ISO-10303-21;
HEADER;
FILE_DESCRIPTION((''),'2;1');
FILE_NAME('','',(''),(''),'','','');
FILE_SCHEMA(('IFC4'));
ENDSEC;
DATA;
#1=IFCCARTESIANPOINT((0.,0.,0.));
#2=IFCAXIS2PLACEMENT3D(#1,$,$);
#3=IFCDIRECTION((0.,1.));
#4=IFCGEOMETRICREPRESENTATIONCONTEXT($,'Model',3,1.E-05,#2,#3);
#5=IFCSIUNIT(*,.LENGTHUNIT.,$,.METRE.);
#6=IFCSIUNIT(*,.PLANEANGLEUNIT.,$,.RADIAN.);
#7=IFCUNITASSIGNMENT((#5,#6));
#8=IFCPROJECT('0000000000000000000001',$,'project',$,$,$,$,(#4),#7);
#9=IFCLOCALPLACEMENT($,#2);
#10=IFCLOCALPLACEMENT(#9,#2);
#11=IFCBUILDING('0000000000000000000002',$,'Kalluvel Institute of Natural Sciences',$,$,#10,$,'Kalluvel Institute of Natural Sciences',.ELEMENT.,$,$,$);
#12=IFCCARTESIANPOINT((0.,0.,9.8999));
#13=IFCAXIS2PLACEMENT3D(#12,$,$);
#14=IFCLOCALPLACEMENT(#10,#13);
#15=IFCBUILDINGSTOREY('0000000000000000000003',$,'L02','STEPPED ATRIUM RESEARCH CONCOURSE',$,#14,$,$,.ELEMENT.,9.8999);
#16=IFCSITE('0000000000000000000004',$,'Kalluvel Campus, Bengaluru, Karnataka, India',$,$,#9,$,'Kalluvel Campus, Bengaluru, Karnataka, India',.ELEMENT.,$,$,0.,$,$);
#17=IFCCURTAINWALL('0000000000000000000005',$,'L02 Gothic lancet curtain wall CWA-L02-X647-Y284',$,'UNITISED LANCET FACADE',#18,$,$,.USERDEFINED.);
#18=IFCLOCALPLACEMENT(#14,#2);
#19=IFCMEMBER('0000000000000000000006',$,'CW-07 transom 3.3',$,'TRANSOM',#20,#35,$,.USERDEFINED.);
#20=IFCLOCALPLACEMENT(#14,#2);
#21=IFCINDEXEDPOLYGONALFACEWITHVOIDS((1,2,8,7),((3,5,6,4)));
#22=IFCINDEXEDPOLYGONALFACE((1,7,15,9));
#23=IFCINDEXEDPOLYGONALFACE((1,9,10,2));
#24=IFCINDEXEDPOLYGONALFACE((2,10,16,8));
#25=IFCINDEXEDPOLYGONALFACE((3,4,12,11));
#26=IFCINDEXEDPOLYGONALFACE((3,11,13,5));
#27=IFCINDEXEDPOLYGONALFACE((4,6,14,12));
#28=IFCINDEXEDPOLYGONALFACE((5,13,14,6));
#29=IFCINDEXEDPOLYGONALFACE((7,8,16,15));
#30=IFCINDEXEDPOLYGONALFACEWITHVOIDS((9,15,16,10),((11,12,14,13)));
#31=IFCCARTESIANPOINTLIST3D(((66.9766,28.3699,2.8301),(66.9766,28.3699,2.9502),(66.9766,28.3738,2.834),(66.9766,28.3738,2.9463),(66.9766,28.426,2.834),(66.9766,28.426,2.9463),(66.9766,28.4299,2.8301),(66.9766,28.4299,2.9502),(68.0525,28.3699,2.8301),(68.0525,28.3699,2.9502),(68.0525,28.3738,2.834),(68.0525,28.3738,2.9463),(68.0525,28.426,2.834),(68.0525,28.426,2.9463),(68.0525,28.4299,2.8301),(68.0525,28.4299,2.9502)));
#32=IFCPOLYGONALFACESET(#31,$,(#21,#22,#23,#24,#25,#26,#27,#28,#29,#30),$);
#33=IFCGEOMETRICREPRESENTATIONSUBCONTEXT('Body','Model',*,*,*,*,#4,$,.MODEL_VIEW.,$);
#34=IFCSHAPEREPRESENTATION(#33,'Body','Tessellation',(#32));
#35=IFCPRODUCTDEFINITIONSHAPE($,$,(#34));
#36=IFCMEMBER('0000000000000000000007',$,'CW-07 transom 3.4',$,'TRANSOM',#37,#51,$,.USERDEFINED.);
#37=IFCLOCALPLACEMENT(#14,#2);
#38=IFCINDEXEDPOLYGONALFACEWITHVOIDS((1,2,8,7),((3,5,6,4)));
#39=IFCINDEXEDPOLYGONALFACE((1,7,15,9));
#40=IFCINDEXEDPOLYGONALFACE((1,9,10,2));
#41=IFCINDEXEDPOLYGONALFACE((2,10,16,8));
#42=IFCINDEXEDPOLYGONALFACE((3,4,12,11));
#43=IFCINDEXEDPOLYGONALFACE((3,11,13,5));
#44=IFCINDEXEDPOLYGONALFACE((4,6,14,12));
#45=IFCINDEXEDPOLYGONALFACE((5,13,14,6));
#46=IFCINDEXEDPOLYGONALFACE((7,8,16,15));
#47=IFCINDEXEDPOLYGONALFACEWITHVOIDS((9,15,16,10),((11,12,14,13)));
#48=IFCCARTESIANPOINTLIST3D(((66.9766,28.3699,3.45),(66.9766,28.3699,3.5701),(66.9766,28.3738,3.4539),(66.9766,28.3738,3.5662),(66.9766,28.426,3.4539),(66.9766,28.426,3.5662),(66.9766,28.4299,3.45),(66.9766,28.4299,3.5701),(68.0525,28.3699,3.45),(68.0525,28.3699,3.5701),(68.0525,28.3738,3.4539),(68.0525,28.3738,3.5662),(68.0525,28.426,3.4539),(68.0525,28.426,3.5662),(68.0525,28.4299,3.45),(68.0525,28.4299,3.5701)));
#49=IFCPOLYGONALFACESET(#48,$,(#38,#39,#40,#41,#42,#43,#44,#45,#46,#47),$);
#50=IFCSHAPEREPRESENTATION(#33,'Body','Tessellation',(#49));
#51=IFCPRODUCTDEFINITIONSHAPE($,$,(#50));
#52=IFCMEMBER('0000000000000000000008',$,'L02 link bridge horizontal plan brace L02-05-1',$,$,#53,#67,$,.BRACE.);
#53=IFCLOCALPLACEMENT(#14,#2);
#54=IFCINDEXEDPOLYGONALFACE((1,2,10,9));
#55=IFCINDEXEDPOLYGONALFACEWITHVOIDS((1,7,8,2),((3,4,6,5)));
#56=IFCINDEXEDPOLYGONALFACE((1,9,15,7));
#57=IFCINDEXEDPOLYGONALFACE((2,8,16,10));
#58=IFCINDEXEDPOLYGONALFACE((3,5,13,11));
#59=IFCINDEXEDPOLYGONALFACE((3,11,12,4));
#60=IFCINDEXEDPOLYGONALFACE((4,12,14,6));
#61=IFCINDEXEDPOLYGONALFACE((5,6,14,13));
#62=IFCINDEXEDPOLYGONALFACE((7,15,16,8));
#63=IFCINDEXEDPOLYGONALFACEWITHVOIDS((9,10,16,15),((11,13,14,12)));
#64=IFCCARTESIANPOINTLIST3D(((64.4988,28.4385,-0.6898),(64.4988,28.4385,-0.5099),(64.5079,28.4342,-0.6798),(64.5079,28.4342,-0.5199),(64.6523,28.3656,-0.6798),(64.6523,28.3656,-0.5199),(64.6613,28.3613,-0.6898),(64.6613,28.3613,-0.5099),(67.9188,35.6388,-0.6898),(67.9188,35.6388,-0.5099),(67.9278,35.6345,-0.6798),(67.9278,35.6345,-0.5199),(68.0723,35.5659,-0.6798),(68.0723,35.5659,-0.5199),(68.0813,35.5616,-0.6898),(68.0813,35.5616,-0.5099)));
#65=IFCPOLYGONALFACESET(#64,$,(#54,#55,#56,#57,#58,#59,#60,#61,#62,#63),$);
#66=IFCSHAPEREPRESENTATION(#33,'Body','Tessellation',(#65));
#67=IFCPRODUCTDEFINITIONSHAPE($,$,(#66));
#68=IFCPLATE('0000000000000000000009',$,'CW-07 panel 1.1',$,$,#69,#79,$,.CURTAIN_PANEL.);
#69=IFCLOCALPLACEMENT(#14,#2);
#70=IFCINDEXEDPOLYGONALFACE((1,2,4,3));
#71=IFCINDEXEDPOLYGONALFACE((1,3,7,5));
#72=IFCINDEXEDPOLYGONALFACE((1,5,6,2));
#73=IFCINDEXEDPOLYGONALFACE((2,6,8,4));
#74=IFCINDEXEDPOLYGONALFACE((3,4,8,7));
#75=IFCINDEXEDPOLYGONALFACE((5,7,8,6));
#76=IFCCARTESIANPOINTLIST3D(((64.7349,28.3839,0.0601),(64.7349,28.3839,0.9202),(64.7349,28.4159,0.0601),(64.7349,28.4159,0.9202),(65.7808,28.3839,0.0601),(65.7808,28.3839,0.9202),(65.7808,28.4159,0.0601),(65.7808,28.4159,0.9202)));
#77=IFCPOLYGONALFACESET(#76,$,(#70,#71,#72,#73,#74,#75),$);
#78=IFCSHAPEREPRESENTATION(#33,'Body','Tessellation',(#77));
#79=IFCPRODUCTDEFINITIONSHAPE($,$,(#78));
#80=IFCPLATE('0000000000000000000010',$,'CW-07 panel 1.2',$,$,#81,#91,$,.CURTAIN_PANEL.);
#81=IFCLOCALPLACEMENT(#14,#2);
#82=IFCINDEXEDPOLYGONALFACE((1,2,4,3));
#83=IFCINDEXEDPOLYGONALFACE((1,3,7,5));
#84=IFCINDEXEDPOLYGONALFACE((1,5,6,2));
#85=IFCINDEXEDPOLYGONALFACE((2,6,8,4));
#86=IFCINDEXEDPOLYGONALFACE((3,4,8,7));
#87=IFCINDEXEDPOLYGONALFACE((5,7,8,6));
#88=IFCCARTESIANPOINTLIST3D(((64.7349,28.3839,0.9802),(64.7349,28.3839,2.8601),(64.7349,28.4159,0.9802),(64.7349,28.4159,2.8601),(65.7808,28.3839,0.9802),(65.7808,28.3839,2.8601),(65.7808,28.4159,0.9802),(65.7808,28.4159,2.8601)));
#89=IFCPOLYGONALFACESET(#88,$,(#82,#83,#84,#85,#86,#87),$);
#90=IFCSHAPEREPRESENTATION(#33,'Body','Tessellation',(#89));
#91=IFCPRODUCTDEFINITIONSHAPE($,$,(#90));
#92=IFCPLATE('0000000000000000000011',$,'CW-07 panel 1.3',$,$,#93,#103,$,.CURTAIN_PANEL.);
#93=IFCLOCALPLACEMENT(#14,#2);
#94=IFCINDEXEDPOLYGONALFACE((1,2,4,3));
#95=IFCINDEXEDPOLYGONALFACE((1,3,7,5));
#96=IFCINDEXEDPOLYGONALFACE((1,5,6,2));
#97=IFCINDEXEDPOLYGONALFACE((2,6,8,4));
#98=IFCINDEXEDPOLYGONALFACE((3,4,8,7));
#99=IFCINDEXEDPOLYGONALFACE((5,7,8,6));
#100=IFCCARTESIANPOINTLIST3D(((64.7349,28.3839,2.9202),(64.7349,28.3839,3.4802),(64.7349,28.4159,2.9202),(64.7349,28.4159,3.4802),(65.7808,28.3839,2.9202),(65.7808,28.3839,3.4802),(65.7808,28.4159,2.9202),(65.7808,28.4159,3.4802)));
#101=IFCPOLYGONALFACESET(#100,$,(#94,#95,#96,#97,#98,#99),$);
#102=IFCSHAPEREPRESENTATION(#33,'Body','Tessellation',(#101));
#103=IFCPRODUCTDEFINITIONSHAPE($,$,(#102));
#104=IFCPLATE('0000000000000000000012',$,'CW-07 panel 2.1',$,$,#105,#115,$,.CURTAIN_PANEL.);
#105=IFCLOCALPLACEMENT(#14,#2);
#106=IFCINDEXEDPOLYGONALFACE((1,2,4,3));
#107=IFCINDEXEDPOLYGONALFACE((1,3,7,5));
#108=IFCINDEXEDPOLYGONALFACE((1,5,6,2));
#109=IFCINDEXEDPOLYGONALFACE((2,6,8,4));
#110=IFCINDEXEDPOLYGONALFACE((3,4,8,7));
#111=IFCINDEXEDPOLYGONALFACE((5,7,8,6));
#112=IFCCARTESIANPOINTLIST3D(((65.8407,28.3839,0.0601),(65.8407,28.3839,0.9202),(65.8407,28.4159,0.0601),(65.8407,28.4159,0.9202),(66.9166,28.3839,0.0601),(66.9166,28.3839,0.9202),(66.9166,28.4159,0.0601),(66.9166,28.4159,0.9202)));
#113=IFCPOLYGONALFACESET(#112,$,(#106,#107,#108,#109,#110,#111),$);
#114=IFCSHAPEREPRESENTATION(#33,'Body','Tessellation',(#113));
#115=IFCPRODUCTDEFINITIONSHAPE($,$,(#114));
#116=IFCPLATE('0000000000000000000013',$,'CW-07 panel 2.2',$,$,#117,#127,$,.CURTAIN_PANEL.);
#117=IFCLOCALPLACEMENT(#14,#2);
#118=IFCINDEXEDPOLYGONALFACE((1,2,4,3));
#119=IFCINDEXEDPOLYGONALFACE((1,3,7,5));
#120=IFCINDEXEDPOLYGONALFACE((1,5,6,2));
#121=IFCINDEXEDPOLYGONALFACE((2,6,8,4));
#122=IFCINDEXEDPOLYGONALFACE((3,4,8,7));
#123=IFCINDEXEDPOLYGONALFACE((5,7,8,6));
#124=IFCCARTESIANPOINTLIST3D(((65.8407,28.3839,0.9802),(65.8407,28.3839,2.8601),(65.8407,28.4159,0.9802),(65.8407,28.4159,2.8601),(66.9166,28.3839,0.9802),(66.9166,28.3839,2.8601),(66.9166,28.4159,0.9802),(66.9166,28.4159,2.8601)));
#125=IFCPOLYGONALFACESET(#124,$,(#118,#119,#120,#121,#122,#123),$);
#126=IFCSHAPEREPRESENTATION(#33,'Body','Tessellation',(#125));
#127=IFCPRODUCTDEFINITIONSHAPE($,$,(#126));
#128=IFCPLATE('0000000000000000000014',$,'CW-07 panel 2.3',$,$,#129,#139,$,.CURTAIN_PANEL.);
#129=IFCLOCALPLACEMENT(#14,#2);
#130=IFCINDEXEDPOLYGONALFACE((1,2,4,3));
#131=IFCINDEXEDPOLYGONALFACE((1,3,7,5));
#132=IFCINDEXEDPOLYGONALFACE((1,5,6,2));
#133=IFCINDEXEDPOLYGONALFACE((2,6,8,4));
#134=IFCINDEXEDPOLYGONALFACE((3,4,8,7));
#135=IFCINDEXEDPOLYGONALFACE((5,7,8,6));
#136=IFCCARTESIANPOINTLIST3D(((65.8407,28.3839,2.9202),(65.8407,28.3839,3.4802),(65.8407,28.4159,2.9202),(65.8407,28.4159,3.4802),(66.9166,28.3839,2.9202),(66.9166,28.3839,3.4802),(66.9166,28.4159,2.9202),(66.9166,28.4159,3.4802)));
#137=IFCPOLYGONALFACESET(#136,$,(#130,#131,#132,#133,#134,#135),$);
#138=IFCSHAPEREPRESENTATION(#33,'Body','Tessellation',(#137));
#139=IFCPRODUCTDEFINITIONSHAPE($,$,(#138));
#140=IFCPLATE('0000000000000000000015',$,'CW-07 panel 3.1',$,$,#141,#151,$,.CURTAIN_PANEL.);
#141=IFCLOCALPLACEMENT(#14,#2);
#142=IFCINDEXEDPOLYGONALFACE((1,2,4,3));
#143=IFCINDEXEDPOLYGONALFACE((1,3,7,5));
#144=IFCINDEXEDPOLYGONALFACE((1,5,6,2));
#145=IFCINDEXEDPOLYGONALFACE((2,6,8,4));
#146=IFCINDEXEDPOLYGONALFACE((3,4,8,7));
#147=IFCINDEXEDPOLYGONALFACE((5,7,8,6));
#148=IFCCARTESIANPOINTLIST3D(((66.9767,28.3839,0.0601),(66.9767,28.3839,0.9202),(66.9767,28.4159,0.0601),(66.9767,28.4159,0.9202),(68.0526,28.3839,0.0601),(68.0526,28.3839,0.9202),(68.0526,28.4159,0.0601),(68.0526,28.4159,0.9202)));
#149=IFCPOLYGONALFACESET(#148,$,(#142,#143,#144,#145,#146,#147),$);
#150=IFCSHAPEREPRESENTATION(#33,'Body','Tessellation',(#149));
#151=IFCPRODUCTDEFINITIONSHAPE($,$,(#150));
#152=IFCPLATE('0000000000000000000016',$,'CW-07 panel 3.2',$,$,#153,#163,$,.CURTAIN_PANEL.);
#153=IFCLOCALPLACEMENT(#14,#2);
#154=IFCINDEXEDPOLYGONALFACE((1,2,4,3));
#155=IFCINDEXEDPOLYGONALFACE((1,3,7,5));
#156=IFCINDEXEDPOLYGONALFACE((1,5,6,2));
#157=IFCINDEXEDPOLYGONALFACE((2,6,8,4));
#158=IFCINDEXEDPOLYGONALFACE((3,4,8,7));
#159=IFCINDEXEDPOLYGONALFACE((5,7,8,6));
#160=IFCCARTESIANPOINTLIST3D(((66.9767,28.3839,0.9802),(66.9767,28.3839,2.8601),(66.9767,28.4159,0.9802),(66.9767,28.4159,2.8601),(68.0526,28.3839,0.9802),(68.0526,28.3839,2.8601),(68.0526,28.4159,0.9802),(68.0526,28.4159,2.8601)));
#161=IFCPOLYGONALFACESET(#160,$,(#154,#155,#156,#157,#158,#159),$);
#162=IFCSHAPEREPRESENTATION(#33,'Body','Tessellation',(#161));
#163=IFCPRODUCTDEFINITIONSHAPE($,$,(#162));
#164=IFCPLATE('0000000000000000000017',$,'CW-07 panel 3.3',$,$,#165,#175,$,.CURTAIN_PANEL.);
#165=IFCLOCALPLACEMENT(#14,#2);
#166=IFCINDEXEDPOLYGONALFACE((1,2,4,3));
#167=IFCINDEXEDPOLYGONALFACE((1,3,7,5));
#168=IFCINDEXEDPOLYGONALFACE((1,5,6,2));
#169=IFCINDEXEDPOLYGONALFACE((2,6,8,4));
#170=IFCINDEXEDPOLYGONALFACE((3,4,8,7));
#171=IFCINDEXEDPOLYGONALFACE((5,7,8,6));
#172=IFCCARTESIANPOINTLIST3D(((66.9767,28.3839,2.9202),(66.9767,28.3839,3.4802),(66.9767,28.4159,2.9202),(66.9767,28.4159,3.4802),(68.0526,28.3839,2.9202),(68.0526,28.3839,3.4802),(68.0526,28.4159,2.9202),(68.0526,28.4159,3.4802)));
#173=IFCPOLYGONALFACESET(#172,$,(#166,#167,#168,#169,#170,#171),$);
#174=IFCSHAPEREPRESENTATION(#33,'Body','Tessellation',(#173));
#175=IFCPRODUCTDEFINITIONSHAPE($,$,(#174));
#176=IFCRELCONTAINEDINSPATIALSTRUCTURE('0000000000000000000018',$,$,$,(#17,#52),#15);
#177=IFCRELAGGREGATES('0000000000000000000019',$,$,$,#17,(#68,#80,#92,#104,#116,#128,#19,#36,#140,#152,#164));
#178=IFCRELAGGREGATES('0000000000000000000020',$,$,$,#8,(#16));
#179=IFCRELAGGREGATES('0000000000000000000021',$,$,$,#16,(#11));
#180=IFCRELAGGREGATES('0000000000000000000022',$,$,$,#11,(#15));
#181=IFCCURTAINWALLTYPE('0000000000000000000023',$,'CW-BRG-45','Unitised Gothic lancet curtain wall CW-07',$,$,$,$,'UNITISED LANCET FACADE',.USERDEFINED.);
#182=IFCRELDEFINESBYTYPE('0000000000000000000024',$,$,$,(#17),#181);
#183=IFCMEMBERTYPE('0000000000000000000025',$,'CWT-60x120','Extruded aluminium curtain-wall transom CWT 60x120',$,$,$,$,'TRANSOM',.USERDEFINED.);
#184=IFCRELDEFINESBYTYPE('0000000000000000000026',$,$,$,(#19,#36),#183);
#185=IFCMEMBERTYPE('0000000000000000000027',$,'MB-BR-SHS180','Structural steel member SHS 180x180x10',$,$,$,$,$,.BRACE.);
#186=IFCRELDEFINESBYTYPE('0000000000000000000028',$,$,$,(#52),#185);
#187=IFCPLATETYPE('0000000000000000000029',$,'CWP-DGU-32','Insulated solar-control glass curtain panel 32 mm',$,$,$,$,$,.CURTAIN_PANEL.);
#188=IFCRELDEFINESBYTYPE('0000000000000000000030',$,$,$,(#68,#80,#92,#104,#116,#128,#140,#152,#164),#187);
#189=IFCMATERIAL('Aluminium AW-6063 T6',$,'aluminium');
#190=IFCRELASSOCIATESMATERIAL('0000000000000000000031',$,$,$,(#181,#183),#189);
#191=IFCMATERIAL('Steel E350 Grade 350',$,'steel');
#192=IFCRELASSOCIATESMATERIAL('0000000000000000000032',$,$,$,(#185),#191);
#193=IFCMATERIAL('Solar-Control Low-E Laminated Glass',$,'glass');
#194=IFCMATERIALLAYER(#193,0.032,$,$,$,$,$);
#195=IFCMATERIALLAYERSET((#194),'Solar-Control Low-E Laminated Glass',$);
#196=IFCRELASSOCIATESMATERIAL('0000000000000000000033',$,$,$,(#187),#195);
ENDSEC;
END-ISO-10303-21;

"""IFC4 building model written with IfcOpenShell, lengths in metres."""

from ifc_helpers import new_model, si_unit, direction, frame, origin, origin_2d, place, context, subcontext, project, spatial, rectangle, hollow_rectangle, extrude, material, layer, layer_set, material_profile, profile_set, type_object, element, aggregate, save


model = new_model("IFC4")

# Units and contexts
model_context = context("Model", 3, precision=1e-05, world=origin(), true_north=direction((0.0, 1.0)))
body_context = subcontext(model_context, "Body", "Model", "MODEL_VIEW")
ifc_project = project(units=[si_unit("LENGTHUNIT", "METRE"), si_unit("PLANEANGLEUNIT", "RADIAN")], contexts=[model_context])

# Site, building, storey
site_placement = place(None, origin())
site = spatial("IfcSite", under=ifc_project, at=site_placement, Name="Kalluvel Campus, Bengaluru, Karnataka, India", LongName="Kalluvel Campus, Bengaluru, Karnataka, India", CompositionType="ELEMENT", RefElevation=0.0)
building_placement = place(site_placement, origin())
building = spatial("IfcBuilding", under=site, at=building_placement, Name="Kalluvel Institute of Natural Sciences", LongName="Kalluvel Institute of Natural Sciences", CompositionType="ELEMENT")
storey_placement = place(building_placement, frame((0.0, 0.0, 9.8999)))
storey = spatial("IfcBuildingStorey", under=building, at=storey_placement, Name="L02", Description="STEPPED ATRIUM RESEARCH CONCOURSE", CompositionType="ELEMENT", Elevation=9.8999)

# Shared definitions
ifc_material_1 = material(Name="Steel E350 Grade 350", Category="steel")

# Curtain wall, members
ifc_material_2 = material(Name="Aluminium AW-6063 T6", Category="aluminium")
curtain_wall_type = type_object("IfcCurtainWallType", Name="CW-BRG-45", Description="Unitised Gothic lancet curtain wall CW-07", ElementType="UNITISED LANCET FACADE", PredefinedType="USERDEFINED", material=ifc_material_2)
curtain_wall_placement = place(storey_placement, origin())
curtain_wall = element("IfcCurtainWall", 1, at=curtain_wall_placement, inside=storey, type_object=curtain_wall_type, Name="L02 Gothic lancet curtain wall CWA-L02-X647-Y284", ObjectType="UNITISED LANCET FACADE", PredefinedType="USERDEFINED")
ifc_material_profile_1 = material_profile(ifc_material_2, hollow_rectangle(XDim=0.0601, YDim=0.1201, WallThickness=0.0039, at=origin_2d()), Name="CWT 60x120")
ifc_profile_set_1 = profile_set([ifc_material_profile_1], Name="Aluminium AW-6063 T6")
member_type_1 = type_object("IfcMemberType", Name="CWT-60x120", Description="Extruded aluminium curtain-wall transom CWT 60x120", ElementType="TRANSOM", PredefinedType="USERDEFINED", material=ifc_profile_set_1)
member_1_placement = place(storey_placement, frame((66.9766, 28.3999, 2.8901), z_axis=(1.0, 0.0, 0.0), x_axis=(0.0, 1.0, 0.0)))
member_1 = element("IfcMember", 2, at=member_1_placement, type_object=member_type_1, Name="CW-07 transom 3.3", ObjectType="TRANSOM", PredefinedType="USERDEFINED", context=body_context, shape_type="SweptSolid", body=[
    extrude(hollow_rectangle(XDim=0.0601, YDim=0.1201, WallThickness=0.0039, at=origin_2d()), origin(), (0.0, 0.0, 1.0), 1.0759),
])
member_2_placement = place(storey_placement, frame((66.9766, 28.3999, 3.51), z_axis=(1.0, 0.0, 0.0), x_axis=(0.0, 1.0, 0.0)))
member_2 = element("IfcMember", 3, at=member_2_placement, type_object=member_type_1, Name="CW-07 transom 3.4", ObjectType="TRANSOM", PredefinedType="USERDEFINED", context=body_context, shape_type="SweptSolid", body=[
    extrude(hollow_rectangle(XDim=0.0601, YDim=0.1201, WallThickness=0.0039, at=origin_2d()), origin(), (0.0, 0.0, 1.0), 1.0759),
])

# Member
ifc_material_profile_2 = material_profile(ifc_material_1, hollow_rectangle(XDim=0.1799, YDim=0.1799, WallThickness=0.01, at=origin_2d()), Name="SHS 180x180x10")
ifc_profile_set_2 = profile_set([ifc_material_profile_2], Name="Steel E350 Grade 350")
member_type_2 = type_object("IfcMemberType", Name="MB-BR-SHS180", Description="Structural steel member SHS 180x180x10", PredefinedType="BRACE", material=ifc_profile_set_2)
member_3_placement = place(storey_placement, frame((64.5801, 28.3999, -0.5999), z_axis=(0.429039, 0.903286, 0.0), x_axis=(-0.903286, 0.429039, 0.0)))
element("IfcMember", 4, at=member_3_placement, inside=storey, type_object=member_type_2, Name="L02 link bridge horizontal plan brace L02-05-1", PredefinedType="BRACE", context=body_context, shape_type="SweptSolid", body=[
    extrude(hollow_rectangle(XDim=0.1799, YDim=0.1799, WallThickness=0.01, at=origin_2d()), origin(), (0.0, 0.0, 1.0), 7.9712),
])

# Plates
ifc_material_3 = material(Name="Solar-Control Low-E Laminated Glass", Category="glass")
ifc_layer = layer(ifc_material_3, 0.032)
ifc_layer_set = layer_set([ifc_layer], Name="Solar-Control Low-E Laminated Glass")
plate_type = type_object("IfcPlateType", Name="CWP-DGU-32", Description="Insulated solar-control glass curtain panel 32 mm", PredefinedType="CURTAIN_PANEL", material=ifc_layer_set)
plate_1_placement = place(storey_placement, frame((65.2578, 28.3999, 0.0601), z_axis=(0.0, 0.0, 1.0), x_axis=(1.0, 0.0, 0.0)))
plate_1 = element("IfcPlate", 5, at=plate_1_placement, type_object=plate_type, Name="CW-07 panel 1.1", PredefinedType="CURTAIN_PANEL", context=body_context, shape_type="SweptSolid", body=[
    extrude(rectangle(XDim=1.0459, YDim=0.032, at=origin_2d()), origin(), (0.0, 0.0, 1.0), 0.8601),
])
plate_2_placement = place(storey_placement, frame((65.2578, 28.3999, 0.9802), z_axis=(0.0, 0.0, 1.0), x_axis=(1.0, 0.0, 0.0)))
plate_2 = element("IfcPlate", 6, at=plate_2_placement, type_object=plate_type, Name="CW-07 panel 1.2", PredefinedType="CURTAIN_PANEL", context=body_context, shape_type="SweptSolid", body=[
    extrude(rectangle(XDim=1.0459, YDim=0.032, at=origin_2d()), origin(), (0.0, 0.0, 1.0), 1.8799),
])
plate_3_placement = place(storey_placement, frame((65.2578, 28.3999, 2.9202), z_axis=(0.0, 0.0, 1.0), x_axis=(1.0, 0.0, 0.0)))
plate_3 = element("IfcPlate", 7, at=plate_3_placement, type_object=plate_type, Name="CW-07 panel 1.3", PredefinedType="CURTAIN_PANEL", context=body_context, shape_type="SweptSolid", body=[
    extrude(rectangle(XDim=1.0459, YDim=0.032, at=origin_2d()), origin(), (0.0, 0.0, 1.0), 0.5601),
])
plate_4_placement = place(storey_placement, frame((66.3787, 28.3999, 0.0601), z_axis=(0.0, 0.0, 1.0), x_axis=(1.0, 0.0, 0.0)))
plate_4 = element("IfcPlate", 8, at=plate_4_placement, type_object=plate_type, Name="CW-07 panel 2.1", PredefinedType="CURTAIN_PANEL", context=body_context, shape_type="SweptSolid", body=[
    extrude(rectangle(XDim=1.0759, YDim=0.032, at=origin_2d()), origin(), (0.0, 0.0, 1.0), 0.8601),
])
plate_5_placement = place(storey_placement, frame((66.3787, 28.3999, 0.9802), z_axis=(0.0, 0.0, 1.0), x_axis=(1.0, 0.0, 0.0)))
plate_5 = element("IfcPlate", 9, at=plate_5_placement, type_object=plate_type, Name="CW-07 panel 2.2", PredefinedType="CURTAIN_PANEL", context=body_context, shape_type="SweptSolid", body=[
    extrude(rectangle(XDim=1.0759, YDim=0.032, at=origin_2d()), origin(), (0.0, 0.0, 1.0), 1.8799),
])
plate_6_placement = place(storey_placement, frame((66.3787, 28.3999, 2.9202), z_axis=(0.0, 0.0, 1.0), x_axis=(1.0, 0.0, 0.0)))
plate_6 = element("IfcPlate", 10, at=plate_6_placement, type_object=plate_type, Name="CW-07 panel 2.3", PredefinedType="CURTAIN_PANEL", context=body_context, shape_type="SweptSolid", body=[
    extrude(rectangle(XDim=1.0759, YDim=0.032, at=origin_2d()), origin(), (0.0, 0.0, 1.0), 0.5601),
])
plate_7_placement = place(storey_placement, frame((67.5146, 28.3999, 0.0601), z_axis=(0.0, 0.0, 1.0), x_axis=(1.0, 0.0, 0.0)))
plate_7 = element("IfcPlate", 11, at=plate_7_placement, type_object=plate_type, Name="CW-07 panel 3.1", PredefinedType="CURTAIN_PANEL", context=body_context, shape_type="SweptSolid", body=[
    extrude(rectangle(XDim=1.0759, YDim=0.032, at=origin_2d()), origin(), (0.0, 0.0, 1.0), 0.8601),
])
plate_8_placement = place(storey_placement, frame((67.5146, 28.3999, 0.9802), z_axis=(0.0, 0.0, 1.0), x_axis=(1.0, 0.0, 0.0)))
plate_8 = element("IfcPlate", 12, at=plate_8_placement, type_object=plate_type, Name="CW-07 panel 3.2", PredefinedType="CURTAIN_PANEL", context=body_context, shape_type="SweptSolid", body=[
    extrude(rectangle(XDim=1.0759, YDim=0.032, at=origin_2d()), origin(), (0.0, 0.0, 1.0), 1.8799),
])
plate_9_placement = place(storey_placement, frame((67.5146, 28.3999, 2.9202), z_axis=(0.0, 0.0, 1.0), x_axis=(1.0, 0.0, 0.0)))
plate_9 = element("IfcPlate", 13, at=plate_9_placement, type_object=plate_type, Name="CW-07 panel 3.3", PredefinedType="CURTAIN_PANEL", context=body_context, shape_type="SweptSolid", body=[
    extrude(rectangle(XDim=1.0759, YDim=0.032, at=origin_2d()), origin(), (0.0, 0.0, 1.0), 0.5601),
])
aggregate(curtain_wall, [plate_1, plate_2, plate_3, plate_4, plate_5, plate_6, member_1, member_2, plate_7, plate_8, plate_9])

save(model, "model.ifc")
